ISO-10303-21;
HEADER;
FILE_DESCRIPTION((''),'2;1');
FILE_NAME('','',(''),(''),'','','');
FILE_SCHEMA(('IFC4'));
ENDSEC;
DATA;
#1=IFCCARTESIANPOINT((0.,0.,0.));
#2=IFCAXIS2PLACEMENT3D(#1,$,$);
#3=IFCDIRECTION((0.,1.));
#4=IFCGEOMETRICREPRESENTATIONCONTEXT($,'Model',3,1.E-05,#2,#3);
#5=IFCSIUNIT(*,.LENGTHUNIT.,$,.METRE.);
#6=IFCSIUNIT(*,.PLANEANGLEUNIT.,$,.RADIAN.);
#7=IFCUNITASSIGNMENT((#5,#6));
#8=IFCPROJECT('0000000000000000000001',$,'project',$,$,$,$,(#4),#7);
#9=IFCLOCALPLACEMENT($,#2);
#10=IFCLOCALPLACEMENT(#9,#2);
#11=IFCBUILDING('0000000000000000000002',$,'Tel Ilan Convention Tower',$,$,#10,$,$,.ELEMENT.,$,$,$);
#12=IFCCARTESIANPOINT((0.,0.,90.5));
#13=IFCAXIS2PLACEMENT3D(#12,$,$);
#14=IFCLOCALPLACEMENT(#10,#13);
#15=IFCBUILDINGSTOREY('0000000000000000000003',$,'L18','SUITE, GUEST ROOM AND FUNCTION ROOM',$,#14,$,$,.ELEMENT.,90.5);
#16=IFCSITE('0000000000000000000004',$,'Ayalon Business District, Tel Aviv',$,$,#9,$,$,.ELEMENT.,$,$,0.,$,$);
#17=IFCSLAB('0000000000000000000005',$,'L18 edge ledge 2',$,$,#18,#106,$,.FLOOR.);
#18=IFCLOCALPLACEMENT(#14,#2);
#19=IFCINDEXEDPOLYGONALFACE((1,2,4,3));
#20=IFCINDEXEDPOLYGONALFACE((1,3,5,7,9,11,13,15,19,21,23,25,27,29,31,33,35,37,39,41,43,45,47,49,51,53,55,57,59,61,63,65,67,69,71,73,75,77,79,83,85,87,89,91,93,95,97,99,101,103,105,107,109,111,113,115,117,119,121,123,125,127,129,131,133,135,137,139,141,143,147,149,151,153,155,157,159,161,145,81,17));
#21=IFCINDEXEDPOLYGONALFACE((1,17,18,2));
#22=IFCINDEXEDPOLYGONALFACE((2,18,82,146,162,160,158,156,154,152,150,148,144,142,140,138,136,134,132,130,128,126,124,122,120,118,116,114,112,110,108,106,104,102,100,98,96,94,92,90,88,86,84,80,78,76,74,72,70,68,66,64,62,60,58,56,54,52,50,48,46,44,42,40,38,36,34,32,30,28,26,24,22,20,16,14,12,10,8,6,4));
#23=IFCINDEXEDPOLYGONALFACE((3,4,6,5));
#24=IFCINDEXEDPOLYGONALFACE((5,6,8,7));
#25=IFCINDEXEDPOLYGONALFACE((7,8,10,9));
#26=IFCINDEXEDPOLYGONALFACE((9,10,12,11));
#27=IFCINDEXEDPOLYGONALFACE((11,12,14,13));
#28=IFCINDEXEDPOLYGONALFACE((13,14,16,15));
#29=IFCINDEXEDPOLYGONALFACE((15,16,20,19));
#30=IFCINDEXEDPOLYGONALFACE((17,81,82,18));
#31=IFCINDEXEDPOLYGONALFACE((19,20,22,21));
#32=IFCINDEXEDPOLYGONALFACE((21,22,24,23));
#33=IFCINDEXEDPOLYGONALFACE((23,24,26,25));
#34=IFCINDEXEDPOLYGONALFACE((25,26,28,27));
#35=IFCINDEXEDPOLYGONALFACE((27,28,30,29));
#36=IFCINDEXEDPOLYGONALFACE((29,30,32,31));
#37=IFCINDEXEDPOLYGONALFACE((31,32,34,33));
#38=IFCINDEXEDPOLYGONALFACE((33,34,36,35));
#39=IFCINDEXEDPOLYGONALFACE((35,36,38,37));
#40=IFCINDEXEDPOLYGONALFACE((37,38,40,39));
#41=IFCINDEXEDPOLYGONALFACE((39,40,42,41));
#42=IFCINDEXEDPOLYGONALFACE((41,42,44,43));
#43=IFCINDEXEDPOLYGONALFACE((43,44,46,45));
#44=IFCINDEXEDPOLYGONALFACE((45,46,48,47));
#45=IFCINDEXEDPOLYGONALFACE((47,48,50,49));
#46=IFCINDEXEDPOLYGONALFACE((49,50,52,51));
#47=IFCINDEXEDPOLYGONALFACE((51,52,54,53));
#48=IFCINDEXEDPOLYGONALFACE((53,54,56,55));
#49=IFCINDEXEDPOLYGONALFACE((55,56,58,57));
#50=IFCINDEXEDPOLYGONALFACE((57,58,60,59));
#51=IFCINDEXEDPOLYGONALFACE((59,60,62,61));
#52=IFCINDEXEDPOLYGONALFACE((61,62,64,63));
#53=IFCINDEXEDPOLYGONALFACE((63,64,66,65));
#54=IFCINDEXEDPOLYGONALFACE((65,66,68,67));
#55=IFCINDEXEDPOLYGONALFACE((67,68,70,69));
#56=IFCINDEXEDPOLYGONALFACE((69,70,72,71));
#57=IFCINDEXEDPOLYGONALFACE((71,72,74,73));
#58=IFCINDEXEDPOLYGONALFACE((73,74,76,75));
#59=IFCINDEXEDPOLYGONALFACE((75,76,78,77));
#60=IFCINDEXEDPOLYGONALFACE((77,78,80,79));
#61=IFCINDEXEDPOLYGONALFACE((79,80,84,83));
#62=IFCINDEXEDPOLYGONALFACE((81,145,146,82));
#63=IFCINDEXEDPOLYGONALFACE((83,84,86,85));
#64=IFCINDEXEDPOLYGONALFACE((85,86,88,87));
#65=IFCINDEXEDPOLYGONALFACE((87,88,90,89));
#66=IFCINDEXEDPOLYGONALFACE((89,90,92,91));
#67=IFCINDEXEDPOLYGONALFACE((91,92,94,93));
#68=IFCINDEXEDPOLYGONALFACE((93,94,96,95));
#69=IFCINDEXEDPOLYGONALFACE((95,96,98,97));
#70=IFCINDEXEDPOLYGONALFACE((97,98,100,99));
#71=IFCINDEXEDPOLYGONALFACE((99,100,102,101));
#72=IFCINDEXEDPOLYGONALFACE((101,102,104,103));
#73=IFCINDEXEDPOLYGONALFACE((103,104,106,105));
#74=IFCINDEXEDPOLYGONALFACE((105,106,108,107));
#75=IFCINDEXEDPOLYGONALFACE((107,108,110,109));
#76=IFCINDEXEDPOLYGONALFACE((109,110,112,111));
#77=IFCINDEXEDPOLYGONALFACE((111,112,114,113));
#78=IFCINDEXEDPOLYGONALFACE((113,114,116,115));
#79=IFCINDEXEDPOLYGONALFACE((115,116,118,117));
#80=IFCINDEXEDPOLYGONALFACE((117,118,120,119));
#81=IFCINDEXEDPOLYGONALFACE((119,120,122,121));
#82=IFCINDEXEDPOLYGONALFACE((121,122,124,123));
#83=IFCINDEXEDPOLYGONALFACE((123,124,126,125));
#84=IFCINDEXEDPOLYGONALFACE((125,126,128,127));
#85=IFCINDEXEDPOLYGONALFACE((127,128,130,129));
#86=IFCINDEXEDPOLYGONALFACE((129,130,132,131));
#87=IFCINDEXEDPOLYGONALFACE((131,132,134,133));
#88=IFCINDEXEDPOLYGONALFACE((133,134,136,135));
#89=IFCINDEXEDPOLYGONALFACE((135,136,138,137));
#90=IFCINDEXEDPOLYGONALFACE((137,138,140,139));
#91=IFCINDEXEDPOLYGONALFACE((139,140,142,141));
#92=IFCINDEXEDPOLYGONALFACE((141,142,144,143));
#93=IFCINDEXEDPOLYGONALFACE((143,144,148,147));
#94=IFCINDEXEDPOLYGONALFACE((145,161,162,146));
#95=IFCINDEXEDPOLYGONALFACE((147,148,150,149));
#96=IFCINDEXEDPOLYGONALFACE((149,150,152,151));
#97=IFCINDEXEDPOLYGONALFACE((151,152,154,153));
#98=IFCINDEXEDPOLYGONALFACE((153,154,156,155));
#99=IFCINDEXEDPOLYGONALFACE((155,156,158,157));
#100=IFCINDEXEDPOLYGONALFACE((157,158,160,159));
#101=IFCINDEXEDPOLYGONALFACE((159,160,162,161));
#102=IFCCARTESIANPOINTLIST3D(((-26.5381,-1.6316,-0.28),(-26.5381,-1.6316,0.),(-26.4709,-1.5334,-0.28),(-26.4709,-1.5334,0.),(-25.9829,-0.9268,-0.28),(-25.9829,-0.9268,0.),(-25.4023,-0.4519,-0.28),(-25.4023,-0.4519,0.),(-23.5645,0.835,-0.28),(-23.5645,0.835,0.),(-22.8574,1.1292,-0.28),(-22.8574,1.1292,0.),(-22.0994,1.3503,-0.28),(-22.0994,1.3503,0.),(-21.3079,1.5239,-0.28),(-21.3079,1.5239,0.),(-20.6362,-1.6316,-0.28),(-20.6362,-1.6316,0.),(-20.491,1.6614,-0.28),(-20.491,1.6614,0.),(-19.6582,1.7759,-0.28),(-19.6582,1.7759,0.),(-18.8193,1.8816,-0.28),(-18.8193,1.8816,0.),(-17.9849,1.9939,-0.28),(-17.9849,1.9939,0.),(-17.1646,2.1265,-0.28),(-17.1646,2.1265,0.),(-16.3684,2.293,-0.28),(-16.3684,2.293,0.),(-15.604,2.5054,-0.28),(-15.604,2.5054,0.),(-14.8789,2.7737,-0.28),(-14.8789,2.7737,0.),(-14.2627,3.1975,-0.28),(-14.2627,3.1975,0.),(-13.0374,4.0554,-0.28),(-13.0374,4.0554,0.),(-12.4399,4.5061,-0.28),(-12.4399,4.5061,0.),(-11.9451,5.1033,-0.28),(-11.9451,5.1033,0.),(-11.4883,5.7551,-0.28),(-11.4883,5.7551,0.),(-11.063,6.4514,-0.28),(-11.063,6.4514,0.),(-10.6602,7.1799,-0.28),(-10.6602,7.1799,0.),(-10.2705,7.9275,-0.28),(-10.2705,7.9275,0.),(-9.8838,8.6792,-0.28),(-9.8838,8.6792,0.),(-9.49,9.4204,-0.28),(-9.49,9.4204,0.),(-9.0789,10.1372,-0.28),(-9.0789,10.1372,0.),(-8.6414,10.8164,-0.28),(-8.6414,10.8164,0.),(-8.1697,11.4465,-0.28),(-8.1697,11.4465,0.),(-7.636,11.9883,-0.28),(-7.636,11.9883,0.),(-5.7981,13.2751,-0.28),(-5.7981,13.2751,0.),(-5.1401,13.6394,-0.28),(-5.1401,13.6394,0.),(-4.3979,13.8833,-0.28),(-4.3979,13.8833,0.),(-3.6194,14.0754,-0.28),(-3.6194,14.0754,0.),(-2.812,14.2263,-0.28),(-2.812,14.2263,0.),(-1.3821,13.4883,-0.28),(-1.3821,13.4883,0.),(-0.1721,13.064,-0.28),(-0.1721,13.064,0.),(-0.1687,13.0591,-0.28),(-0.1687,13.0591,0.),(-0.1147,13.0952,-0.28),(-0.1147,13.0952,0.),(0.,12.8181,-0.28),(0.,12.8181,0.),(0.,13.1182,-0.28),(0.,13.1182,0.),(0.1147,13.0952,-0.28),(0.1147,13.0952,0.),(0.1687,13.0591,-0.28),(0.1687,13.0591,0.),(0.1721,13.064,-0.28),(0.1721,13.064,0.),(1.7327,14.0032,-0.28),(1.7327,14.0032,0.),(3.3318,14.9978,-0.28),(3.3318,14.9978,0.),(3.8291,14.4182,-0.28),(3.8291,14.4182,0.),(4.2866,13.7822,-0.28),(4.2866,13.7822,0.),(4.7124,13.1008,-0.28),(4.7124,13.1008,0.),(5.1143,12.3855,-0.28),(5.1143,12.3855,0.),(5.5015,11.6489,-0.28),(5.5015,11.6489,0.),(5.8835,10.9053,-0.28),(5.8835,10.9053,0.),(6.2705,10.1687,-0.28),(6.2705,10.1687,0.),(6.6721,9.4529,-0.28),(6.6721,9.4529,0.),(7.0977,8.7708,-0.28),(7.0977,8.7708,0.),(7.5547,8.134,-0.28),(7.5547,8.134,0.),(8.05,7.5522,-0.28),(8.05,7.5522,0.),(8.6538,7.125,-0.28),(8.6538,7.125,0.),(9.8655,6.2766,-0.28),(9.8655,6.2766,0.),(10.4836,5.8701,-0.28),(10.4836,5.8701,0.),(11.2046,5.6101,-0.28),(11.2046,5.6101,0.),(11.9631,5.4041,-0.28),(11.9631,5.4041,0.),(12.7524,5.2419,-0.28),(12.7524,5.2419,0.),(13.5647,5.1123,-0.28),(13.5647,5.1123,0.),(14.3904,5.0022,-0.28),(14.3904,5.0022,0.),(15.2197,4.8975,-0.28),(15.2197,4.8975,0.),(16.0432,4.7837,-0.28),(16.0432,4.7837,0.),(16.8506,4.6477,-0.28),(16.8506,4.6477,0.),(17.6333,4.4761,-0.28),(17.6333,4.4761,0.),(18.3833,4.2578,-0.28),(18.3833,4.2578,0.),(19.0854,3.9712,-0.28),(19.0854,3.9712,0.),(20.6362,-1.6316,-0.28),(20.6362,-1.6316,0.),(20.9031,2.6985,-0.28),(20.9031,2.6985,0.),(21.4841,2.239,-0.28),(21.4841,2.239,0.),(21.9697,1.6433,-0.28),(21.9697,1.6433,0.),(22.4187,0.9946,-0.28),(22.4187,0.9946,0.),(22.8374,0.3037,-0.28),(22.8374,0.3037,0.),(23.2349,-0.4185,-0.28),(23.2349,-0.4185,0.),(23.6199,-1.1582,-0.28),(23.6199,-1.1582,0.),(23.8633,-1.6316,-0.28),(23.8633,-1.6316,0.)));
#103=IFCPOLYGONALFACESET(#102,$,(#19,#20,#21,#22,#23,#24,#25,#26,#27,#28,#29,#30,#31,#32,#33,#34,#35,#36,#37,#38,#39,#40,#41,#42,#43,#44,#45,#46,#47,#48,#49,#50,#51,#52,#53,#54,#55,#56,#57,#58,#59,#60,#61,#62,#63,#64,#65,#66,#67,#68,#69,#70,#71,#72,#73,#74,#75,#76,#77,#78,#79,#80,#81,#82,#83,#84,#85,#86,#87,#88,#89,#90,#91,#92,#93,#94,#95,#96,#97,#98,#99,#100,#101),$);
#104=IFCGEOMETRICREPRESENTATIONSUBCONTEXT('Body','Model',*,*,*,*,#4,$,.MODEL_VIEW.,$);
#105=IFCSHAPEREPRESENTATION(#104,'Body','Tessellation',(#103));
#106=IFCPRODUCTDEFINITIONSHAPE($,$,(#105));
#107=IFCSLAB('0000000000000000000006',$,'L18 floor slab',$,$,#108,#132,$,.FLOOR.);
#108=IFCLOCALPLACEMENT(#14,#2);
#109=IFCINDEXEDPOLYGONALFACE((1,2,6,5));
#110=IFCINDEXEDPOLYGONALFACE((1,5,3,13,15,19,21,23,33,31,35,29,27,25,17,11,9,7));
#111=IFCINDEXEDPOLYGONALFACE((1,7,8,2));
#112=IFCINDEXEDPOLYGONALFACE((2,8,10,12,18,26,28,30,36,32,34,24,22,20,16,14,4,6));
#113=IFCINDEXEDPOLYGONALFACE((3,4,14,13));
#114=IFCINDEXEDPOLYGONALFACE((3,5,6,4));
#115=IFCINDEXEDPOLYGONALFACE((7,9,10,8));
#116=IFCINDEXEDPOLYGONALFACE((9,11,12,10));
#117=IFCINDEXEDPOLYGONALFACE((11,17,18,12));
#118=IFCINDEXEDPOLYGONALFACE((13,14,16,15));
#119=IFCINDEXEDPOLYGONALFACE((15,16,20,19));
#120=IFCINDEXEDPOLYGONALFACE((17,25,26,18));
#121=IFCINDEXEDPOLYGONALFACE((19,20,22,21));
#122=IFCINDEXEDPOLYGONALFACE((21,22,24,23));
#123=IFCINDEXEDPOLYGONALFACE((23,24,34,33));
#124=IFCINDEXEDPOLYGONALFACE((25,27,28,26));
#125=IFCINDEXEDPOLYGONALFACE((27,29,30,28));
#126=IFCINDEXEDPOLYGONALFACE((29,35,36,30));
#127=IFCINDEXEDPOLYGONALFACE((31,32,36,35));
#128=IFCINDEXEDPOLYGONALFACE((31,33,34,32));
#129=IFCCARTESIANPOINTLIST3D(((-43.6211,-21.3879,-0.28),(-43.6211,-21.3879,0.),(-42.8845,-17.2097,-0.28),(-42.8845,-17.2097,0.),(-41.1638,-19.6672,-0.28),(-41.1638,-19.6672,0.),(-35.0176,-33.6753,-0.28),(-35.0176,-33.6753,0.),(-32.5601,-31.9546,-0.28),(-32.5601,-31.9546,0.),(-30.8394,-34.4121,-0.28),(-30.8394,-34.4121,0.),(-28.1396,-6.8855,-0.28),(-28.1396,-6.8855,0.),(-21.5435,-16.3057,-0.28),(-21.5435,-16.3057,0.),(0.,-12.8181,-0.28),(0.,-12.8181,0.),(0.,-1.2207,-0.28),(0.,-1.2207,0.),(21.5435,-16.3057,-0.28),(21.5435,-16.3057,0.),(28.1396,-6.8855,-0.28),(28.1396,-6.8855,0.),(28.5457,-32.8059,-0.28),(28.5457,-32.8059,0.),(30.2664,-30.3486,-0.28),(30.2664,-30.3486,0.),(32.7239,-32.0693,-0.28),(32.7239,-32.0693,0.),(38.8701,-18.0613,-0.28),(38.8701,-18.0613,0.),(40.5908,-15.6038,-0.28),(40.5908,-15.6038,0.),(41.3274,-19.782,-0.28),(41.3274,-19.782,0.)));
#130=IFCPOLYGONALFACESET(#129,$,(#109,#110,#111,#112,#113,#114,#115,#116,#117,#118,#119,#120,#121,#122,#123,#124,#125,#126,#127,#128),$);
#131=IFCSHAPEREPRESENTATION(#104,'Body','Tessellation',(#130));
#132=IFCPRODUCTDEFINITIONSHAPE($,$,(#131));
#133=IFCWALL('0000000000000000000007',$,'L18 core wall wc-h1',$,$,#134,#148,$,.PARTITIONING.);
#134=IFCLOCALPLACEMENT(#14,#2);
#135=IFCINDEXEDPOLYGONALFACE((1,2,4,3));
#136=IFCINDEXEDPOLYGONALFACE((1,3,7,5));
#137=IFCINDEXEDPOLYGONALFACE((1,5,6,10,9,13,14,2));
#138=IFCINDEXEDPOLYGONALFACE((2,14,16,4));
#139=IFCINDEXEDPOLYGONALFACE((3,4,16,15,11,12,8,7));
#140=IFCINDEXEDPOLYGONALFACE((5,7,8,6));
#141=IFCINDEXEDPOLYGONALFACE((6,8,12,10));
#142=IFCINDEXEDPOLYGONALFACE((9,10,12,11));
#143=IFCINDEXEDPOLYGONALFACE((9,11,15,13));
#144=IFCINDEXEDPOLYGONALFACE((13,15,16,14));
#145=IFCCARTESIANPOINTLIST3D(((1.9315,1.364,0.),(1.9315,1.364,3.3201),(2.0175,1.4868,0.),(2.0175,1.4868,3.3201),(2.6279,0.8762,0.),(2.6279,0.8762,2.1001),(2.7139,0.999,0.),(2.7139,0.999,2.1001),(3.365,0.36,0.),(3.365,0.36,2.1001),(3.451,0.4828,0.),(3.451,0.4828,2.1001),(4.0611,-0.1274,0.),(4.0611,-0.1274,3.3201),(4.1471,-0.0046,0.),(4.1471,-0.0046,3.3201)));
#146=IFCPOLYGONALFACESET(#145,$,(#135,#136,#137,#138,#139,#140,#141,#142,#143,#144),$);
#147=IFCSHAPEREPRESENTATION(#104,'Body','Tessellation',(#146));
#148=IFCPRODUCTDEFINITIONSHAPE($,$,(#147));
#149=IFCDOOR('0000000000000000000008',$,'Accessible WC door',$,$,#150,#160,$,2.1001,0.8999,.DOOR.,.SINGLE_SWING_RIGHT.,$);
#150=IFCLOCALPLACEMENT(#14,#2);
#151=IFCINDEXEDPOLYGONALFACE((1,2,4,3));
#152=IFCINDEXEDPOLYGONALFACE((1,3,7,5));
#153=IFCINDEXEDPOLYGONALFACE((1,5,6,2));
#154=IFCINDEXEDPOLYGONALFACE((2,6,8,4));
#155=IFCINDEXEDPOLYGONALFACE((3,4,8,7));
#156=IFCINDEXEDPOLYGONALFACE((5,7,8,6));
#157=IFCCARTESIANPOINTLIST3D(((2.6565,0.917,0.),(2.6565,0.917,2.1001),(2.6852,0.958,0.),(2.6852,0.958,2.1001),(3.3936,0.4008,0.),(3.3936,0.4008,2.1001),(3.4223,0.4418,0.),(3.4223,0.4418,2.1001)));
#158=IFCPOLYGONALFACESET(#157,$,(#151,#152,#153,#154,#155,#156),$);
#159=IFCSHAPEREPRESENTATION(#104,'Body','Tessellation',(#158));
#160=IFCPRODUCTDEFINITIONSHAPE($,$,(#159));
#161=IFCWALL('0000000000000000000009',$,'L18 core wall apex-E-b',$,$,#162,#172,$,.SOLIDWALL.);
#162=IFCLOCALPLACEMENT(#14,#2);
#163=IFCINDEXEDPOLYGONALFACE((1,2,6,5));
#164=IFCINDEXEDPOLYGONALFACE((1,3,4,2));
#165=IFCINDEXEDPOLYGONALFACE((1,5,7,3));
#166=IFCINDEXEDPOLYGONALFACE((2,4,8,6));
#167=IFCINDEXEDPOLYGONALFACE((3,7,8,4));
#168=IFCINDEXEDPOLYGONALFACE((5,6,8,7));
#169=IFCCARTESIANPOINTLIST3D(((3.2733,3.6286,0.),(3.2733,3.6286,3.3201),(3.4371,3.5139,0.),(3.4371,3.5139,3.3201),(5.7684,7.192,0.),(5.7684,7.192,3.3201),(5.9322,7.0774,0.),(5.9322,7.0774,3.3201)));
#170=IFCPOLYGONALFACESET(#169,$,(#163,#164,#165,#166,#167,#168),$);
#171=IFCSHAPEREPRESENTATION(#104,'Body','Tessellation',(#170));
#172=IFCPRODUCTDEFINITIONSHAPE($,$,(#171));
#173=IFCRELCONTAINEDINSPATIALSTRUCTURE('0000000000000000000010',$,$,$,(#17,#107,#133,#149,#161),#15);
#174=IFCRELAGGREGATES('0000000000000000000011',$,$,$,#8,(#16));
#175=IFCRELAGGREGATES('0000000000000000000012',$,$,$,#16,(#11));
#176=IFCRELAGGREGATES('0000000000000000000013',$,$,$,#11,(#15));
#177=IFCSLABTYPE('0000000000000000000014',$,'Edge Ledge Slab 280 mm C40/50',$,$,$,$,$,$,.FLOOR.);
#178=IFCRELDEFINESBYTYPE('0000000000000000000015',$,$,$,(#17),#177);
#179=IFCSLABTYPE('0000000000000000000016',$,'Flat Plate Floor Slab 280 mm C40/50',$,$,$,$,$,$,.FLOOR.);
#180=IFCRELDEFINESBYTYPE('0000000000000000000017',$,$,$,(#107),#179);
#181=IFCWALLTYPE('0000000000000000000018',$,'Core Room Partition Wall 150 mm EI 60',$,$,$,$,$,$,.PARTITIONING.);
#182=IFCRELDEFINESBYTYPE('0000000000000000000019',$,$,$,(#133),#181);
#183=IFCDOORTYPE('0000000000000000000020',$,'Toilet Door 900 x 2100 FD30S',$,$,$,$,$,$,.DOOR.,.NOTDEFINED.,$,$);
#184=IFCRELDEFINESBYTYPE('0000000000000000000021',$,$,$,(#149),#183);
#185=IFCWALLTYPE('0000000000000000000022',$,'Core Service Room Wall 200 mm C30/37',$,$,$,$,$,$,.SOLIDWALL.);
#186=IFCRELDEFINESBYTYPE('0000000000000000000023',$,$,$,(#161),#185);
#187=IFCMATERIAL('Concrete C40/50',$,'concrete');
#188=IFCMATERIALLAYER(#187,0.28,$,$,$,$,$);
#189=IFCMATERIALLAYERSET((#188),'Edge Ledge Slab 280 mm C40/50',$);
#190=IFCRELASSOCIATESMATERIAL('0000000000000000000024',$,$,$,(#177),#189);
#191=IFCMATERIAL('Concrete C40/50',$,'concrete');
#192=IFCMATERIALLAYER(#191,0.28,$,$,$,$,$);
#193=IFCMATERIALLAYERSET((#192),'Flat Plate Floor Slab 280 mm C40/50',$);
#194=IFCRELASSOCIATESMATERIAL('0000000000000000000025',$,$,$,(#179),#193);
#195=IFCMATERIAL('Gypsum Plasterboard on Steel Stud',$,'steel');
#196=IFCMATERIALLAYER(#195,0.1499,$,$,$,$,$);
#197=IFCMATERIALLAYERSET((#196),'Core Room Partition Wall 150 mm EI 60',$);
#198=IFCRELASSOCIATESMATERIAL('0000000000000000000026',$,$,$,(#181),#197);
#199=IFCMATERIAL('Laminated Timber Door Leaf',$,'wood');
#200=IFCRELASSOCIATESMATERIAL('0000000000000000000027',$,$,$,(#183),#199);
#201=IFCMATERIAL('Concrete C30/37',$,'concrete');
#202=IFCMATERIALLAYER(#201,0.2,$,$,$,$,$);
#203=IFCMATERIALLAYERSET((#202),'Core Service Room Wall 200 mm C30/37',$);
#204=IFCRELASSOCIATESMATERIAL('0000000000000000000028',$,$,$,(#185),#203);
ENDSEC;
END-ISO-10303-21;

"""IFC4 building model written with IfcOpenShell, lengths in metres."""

from ifc_helpers import new_model, si_unit, direction, frame, frame_2d, origin, place, context, subcontext, project, spatial, polyline, rectangle, outline, extrude, material, layer, layer_set, type_object, element, fill, save


model = new_model("IFC4")

# Units and contexts
model_context = context("Model", 3, precision=1e-05, world=origin(), true_north=direction((0.0, 1.0)))
body_context = subcontext(model_context, "Body", "Model", "MODEL_VIEW")
ifc_project = project(units=[si_unit("LENGTHUNIT", "METRE"), si_unit("PLANEANGLEUNIT", "RADIAN")], contexts=[model_context])

# Site, building, storey
site_placement = place(None, origin())
site = spatial("IfcSite", under=ifc_project, at=site_placement, Name="Ayalon Business District, Tel Aviv", CompositionType="ELEMENT", RefElevation=0.0)
building_placement = place(site_placement, origin())
building = spatial("IfcBuilding", under=site, at=building_placement, Name="Tel Ilan Convention Tower", CompositionType="ELEMENT")
storey_placement = place(building_placement, frame((0.0, 0.0, 90.5)))
storey = spatial("IfcBuildingStorey", under=building, at=storey_placement, Name="L18", Description="SUITE, GUEST ROOM AND FUNCTION ROOM", CompositionType="ELEMENT", Elevation=90.5)

# Slabs
ifc_material_1 = material(Name="Concrete C40/50", Category="concrete")
ifc_layer_1 = layer(ifc_material_1, 0.28)
ifc_layer_set_1 = layer_set([ifc_layer_1], Name="Edge Ledge Slab 280 mm C40/50")
slab_type_1 = type_object("IfcSlabType", Name="Edge Ledge Slab 280 mm C40/50", PredefinedType="FLOOR", material=ifc_layer_set_1)
slab_1_placement = place(storey_placement, frame((0.0, 0.0, -0.28)))
element("IfcSlab", 1, at=slab_1_placement, inside=storey, type_object=slab_type_1, Name="L18 edge ledge 2", PredefinedType="FLOOR", context=body_context, shape_type="SweptSolid", body=[
    extrude(outline(polyline([(-23.5645, 0.835), (-22.8574, 1.1292), (-22.0994, 1.3503), (-21.3079, 1.5239), (-20.491, 1.6614), (-19.6582, 1.7759), (-18.8193, 1.8816), (-17.9849, 1.9939), (-17.1646, 2.1265), (-16.3684, 2.293), (-15.604, 2.5054), (-14.8789, 2.7737), (-14.2627, 3.1975), (-13.0374, 4.0554), (-12.4399, 4.5061), (-11.9451, 5.1033), (-11.4883, 5.7551), (-11.063, 6.4514), (-10.6602, 7.1799), (-10.2705, 7.9275), (-9.8838, 8.6792), (-9.49, 9.4204), (-9.0789, 10.1372), (-8.6414, 10.8164), (-8.1697, 11.4465), (-7.636, 11.9883), (-5.7981, 13.2751), (-5.1401, 13.6394), (-4.3979, 13.8833), (-3.6194, 14.0754), (-2.812, 14.2263), (-1.3821, 13.4883), (-0.1721, 13.064), (-0.1687, 13.0591), (-0.1147, 13.0952), (0.0, 13.1182), (0.1147, 13.0952), (0.1687, 13.0591), (0.1721, 13.064), (1.7327, 14.0032), (3.3318, 14.9978), (3.8291, 14.4182), (4.2866, 13.7822), (4.7124, 13.1008), (5.1143, 12.3855), (5.5015, 11.6489), (5.8835, 10.9053), (6.2705, 10.1687), (6.6721, 9.4529), (7.0977, 8.7708), (7.5547, 8.134), (8.05, 7.5522), (8.6538, 7.125), (9.8655, 6.2766), (10.4836, 5.8701), (11.2046, 5.6101), (11.9631, 5.4041), (12.7524, 5.2419), (13.5647, 5.1123), (14.3904, 5.0022), (15.2197, 4.8975), (16.0432, 4.7837), (16.8506, 4.6477), (17.6333, 4.4761), (18.3833, 4.2578), (19.0854, 3.9712), (20.9031, 2.6985), (21.4841, 2.239), (21.9697, 1.6433), (22.4187, 0.9946), (22.8374, 0.3037), (23.2349, -0.4185), (23.6199, -1.1582), (23.8633, -1.6316), (20.6362, -1.6316), (0.0, 12.8181), (-20.6362, -1.6316), (-26.5381, -1.6316), (-26.4709, -1.5334), (-25.9829, -0.9268), (-25.4023, -0.4519), (-23.5645, 0.835)])), origin(), (0.0, 0.0, 1.0), 0.28),
])
ifc_material_2 = material(Name="Concrete C40/50", Category="concrete")
ifc_layer_2 = layer(ifc_material_2, 0.28)
ifc_layer_set_2 = layer_set([ifc_layer_2], Name="Flat Plate Floor Slab 280 mm C40/50")
slab_type_2 = type_object("IfcSlabType", Name="Flat Plate Floor Slab 280 mm C40/50", PredefinedType="FLOOR", material=ifc_layer_set_2)
slab_2_placement = place(storey_placement, frame((0.0, 0.0, -0.28)))
element("IfcSlab", 2, at=slab_2_placement, inside=storey, type_object=slab_type_2, Name="L18 floor slab", PredefinedType="FLOOR", context=body_context, shape_type="SweptSolid", body=[
    extrude(outline(polyline([(21.5435, -16.3057), (28.1396, -6.8855), (40.5908, -15.6038), (38.8701, -18.0613), (41.3274, -19.782), (32.7239, -32.0693), (30.2664, -30.3486), (28.5457, -32.8059), (0.0, -12.8181), (-30.8394, -34.4121), (-32.5601, -31.9546), (-35.0176, -33.6753), (-43.6211, -21.3879), (-41.1638, -19.6672), (-42.8845, -17.2097), (-28.1396, -6.8855), (-21.5435, -16.3057), (0.0, -1.2207), (21.5435, -16.3057)])), origin(), (0.0, 0.0, 1.0), 0.28),
])

# Wall, opening, door
ifc_material_3 = material(Name="Gypsum Plasterboard on Steel Stud", Category="steel")
ifc_layer_3 = layer(ifc_material_3, 0.1499)
ifc_layer_set_3 = layer_set([ifc_layer_3], Name="Core Room Partition Wall 150 mm EI 60")
wall_type_1 = type_object("IfcWallType", Name="Core Room Partition Wall 150 mm EI 60", PredefinedType="PARTITIONING", material=ifc_layer_set_3)
wall_1_placement = place(storey_placement, frame((1.9746, 1.4253, 0.0), z_axis=(0.0, 0.0, 1.0), x_axis=(0.819104, -0.573645, 0.0)))
wall_1 = element("IfcWall", 3, at=wall_1_placement, inside=storey, type_object=wall_type_1, Name="L18 core wall wc-h1", PredefinedType="PARTITIONING", context=body_context, shape_type="SweptSolid", body=[
    extrude(rectangle(XDim=2.5999, YDim=0.1499, at=frame_2d((1.2998, 0.0))), origin(), (0.0, 0.0, 1.0), 3.3201),
])
opening_1_placement = place(wall_1_placement, frame((0.8501, 0.0, 0.0)))
opening_1 = element("IfcOpeningElement", 4, at=opening_1_placement, cuts=wall_1, PredefinedType="OPENING", context=body_context, shape_type="SweptSolid", body=[
    extrude(rectangle(XDim=0.8999, YDim=2.1001, at=frame_2d((0.45, 1.05))), frame((0.0, 0.085, 0.0), z_axis=(0.0, -1.0, 0.0), x_axis=(1.0, 0.0, 0.0)), (0.0, 0.0, 1.0), 0.1699),
])
ifc_material_4 = material(Name="Laminated Timber Door Leaf", Category="wood")
door_type_1 = type_object("IfcDoorType", Name="Toilet Door 900 x 2100 FD30S", OperationType="NOTDEFINED", PredefinedType="DOOR", material=ifc_material_4)
door_1_placement = place(opening_1_placement, origin())
door_1 = element("IfcDoor", 5, at=door_1_placement, inside=storey, type_object=door_type_1, Name="Accessible WC door", OperationType="SINGLE_SWING_RIGHT", OverallHeight=2.1001, OverallWidth=0.8999, PredefinedType="DOOR", context=body_context, shape_type="SweptSolid", body=[
    extrude(rectangle(XDim=0.8999, YDim=2.1001, at=frame_2d((0.45, 1.05))), frame((0.0, 0.0249, 0.0), z_axis=(0.0, -1.0, 0.0), x_axis=(1.0, 0.0, 0.0)), (0.0, 0.0, 1.0), 0.05),
])
fill(opening_1, door_1)

# Wall
ifc_material_5 = material(Name="Concrete C30/37", Category="concrete")
ifc_layer_4 = layer(ifc_material_5, 0.2)
ifc_layer_set_4 = layer_set([ifc_layer_4], Name="Core Service Room Wall 200 mm C30/37")
wall_type_2 = type_object("IfcWallType", Name="Core Service Room Wall 200 mm C30/37", PredefinedType="SOLIDWALL", material=ifc_layer_set_4)
wall_2_placement = place(storey_placement, frame((3.3552, 3.5713, 0.0), z_axis=(0.0, 0.0, 1.0), x_axis=(0.573568, 0.819158, 0.0)))
element("IfcWall", 6, at=wall_2_placement, inside=storey, type_object=wall_type_2, Name="L18 core wall apex-E-b", PredefinedType="SOLIDWALL", context=body_context, shape_type="SweptSolid", body=[
    extrude(rectangle(XDim=4.3501, YDim=0.2, at=frame_2d((2.175, 0.0))), origin(), (0.0, 0.0, 1.0), 3.3201),
])

save(model, "model.ifc")
